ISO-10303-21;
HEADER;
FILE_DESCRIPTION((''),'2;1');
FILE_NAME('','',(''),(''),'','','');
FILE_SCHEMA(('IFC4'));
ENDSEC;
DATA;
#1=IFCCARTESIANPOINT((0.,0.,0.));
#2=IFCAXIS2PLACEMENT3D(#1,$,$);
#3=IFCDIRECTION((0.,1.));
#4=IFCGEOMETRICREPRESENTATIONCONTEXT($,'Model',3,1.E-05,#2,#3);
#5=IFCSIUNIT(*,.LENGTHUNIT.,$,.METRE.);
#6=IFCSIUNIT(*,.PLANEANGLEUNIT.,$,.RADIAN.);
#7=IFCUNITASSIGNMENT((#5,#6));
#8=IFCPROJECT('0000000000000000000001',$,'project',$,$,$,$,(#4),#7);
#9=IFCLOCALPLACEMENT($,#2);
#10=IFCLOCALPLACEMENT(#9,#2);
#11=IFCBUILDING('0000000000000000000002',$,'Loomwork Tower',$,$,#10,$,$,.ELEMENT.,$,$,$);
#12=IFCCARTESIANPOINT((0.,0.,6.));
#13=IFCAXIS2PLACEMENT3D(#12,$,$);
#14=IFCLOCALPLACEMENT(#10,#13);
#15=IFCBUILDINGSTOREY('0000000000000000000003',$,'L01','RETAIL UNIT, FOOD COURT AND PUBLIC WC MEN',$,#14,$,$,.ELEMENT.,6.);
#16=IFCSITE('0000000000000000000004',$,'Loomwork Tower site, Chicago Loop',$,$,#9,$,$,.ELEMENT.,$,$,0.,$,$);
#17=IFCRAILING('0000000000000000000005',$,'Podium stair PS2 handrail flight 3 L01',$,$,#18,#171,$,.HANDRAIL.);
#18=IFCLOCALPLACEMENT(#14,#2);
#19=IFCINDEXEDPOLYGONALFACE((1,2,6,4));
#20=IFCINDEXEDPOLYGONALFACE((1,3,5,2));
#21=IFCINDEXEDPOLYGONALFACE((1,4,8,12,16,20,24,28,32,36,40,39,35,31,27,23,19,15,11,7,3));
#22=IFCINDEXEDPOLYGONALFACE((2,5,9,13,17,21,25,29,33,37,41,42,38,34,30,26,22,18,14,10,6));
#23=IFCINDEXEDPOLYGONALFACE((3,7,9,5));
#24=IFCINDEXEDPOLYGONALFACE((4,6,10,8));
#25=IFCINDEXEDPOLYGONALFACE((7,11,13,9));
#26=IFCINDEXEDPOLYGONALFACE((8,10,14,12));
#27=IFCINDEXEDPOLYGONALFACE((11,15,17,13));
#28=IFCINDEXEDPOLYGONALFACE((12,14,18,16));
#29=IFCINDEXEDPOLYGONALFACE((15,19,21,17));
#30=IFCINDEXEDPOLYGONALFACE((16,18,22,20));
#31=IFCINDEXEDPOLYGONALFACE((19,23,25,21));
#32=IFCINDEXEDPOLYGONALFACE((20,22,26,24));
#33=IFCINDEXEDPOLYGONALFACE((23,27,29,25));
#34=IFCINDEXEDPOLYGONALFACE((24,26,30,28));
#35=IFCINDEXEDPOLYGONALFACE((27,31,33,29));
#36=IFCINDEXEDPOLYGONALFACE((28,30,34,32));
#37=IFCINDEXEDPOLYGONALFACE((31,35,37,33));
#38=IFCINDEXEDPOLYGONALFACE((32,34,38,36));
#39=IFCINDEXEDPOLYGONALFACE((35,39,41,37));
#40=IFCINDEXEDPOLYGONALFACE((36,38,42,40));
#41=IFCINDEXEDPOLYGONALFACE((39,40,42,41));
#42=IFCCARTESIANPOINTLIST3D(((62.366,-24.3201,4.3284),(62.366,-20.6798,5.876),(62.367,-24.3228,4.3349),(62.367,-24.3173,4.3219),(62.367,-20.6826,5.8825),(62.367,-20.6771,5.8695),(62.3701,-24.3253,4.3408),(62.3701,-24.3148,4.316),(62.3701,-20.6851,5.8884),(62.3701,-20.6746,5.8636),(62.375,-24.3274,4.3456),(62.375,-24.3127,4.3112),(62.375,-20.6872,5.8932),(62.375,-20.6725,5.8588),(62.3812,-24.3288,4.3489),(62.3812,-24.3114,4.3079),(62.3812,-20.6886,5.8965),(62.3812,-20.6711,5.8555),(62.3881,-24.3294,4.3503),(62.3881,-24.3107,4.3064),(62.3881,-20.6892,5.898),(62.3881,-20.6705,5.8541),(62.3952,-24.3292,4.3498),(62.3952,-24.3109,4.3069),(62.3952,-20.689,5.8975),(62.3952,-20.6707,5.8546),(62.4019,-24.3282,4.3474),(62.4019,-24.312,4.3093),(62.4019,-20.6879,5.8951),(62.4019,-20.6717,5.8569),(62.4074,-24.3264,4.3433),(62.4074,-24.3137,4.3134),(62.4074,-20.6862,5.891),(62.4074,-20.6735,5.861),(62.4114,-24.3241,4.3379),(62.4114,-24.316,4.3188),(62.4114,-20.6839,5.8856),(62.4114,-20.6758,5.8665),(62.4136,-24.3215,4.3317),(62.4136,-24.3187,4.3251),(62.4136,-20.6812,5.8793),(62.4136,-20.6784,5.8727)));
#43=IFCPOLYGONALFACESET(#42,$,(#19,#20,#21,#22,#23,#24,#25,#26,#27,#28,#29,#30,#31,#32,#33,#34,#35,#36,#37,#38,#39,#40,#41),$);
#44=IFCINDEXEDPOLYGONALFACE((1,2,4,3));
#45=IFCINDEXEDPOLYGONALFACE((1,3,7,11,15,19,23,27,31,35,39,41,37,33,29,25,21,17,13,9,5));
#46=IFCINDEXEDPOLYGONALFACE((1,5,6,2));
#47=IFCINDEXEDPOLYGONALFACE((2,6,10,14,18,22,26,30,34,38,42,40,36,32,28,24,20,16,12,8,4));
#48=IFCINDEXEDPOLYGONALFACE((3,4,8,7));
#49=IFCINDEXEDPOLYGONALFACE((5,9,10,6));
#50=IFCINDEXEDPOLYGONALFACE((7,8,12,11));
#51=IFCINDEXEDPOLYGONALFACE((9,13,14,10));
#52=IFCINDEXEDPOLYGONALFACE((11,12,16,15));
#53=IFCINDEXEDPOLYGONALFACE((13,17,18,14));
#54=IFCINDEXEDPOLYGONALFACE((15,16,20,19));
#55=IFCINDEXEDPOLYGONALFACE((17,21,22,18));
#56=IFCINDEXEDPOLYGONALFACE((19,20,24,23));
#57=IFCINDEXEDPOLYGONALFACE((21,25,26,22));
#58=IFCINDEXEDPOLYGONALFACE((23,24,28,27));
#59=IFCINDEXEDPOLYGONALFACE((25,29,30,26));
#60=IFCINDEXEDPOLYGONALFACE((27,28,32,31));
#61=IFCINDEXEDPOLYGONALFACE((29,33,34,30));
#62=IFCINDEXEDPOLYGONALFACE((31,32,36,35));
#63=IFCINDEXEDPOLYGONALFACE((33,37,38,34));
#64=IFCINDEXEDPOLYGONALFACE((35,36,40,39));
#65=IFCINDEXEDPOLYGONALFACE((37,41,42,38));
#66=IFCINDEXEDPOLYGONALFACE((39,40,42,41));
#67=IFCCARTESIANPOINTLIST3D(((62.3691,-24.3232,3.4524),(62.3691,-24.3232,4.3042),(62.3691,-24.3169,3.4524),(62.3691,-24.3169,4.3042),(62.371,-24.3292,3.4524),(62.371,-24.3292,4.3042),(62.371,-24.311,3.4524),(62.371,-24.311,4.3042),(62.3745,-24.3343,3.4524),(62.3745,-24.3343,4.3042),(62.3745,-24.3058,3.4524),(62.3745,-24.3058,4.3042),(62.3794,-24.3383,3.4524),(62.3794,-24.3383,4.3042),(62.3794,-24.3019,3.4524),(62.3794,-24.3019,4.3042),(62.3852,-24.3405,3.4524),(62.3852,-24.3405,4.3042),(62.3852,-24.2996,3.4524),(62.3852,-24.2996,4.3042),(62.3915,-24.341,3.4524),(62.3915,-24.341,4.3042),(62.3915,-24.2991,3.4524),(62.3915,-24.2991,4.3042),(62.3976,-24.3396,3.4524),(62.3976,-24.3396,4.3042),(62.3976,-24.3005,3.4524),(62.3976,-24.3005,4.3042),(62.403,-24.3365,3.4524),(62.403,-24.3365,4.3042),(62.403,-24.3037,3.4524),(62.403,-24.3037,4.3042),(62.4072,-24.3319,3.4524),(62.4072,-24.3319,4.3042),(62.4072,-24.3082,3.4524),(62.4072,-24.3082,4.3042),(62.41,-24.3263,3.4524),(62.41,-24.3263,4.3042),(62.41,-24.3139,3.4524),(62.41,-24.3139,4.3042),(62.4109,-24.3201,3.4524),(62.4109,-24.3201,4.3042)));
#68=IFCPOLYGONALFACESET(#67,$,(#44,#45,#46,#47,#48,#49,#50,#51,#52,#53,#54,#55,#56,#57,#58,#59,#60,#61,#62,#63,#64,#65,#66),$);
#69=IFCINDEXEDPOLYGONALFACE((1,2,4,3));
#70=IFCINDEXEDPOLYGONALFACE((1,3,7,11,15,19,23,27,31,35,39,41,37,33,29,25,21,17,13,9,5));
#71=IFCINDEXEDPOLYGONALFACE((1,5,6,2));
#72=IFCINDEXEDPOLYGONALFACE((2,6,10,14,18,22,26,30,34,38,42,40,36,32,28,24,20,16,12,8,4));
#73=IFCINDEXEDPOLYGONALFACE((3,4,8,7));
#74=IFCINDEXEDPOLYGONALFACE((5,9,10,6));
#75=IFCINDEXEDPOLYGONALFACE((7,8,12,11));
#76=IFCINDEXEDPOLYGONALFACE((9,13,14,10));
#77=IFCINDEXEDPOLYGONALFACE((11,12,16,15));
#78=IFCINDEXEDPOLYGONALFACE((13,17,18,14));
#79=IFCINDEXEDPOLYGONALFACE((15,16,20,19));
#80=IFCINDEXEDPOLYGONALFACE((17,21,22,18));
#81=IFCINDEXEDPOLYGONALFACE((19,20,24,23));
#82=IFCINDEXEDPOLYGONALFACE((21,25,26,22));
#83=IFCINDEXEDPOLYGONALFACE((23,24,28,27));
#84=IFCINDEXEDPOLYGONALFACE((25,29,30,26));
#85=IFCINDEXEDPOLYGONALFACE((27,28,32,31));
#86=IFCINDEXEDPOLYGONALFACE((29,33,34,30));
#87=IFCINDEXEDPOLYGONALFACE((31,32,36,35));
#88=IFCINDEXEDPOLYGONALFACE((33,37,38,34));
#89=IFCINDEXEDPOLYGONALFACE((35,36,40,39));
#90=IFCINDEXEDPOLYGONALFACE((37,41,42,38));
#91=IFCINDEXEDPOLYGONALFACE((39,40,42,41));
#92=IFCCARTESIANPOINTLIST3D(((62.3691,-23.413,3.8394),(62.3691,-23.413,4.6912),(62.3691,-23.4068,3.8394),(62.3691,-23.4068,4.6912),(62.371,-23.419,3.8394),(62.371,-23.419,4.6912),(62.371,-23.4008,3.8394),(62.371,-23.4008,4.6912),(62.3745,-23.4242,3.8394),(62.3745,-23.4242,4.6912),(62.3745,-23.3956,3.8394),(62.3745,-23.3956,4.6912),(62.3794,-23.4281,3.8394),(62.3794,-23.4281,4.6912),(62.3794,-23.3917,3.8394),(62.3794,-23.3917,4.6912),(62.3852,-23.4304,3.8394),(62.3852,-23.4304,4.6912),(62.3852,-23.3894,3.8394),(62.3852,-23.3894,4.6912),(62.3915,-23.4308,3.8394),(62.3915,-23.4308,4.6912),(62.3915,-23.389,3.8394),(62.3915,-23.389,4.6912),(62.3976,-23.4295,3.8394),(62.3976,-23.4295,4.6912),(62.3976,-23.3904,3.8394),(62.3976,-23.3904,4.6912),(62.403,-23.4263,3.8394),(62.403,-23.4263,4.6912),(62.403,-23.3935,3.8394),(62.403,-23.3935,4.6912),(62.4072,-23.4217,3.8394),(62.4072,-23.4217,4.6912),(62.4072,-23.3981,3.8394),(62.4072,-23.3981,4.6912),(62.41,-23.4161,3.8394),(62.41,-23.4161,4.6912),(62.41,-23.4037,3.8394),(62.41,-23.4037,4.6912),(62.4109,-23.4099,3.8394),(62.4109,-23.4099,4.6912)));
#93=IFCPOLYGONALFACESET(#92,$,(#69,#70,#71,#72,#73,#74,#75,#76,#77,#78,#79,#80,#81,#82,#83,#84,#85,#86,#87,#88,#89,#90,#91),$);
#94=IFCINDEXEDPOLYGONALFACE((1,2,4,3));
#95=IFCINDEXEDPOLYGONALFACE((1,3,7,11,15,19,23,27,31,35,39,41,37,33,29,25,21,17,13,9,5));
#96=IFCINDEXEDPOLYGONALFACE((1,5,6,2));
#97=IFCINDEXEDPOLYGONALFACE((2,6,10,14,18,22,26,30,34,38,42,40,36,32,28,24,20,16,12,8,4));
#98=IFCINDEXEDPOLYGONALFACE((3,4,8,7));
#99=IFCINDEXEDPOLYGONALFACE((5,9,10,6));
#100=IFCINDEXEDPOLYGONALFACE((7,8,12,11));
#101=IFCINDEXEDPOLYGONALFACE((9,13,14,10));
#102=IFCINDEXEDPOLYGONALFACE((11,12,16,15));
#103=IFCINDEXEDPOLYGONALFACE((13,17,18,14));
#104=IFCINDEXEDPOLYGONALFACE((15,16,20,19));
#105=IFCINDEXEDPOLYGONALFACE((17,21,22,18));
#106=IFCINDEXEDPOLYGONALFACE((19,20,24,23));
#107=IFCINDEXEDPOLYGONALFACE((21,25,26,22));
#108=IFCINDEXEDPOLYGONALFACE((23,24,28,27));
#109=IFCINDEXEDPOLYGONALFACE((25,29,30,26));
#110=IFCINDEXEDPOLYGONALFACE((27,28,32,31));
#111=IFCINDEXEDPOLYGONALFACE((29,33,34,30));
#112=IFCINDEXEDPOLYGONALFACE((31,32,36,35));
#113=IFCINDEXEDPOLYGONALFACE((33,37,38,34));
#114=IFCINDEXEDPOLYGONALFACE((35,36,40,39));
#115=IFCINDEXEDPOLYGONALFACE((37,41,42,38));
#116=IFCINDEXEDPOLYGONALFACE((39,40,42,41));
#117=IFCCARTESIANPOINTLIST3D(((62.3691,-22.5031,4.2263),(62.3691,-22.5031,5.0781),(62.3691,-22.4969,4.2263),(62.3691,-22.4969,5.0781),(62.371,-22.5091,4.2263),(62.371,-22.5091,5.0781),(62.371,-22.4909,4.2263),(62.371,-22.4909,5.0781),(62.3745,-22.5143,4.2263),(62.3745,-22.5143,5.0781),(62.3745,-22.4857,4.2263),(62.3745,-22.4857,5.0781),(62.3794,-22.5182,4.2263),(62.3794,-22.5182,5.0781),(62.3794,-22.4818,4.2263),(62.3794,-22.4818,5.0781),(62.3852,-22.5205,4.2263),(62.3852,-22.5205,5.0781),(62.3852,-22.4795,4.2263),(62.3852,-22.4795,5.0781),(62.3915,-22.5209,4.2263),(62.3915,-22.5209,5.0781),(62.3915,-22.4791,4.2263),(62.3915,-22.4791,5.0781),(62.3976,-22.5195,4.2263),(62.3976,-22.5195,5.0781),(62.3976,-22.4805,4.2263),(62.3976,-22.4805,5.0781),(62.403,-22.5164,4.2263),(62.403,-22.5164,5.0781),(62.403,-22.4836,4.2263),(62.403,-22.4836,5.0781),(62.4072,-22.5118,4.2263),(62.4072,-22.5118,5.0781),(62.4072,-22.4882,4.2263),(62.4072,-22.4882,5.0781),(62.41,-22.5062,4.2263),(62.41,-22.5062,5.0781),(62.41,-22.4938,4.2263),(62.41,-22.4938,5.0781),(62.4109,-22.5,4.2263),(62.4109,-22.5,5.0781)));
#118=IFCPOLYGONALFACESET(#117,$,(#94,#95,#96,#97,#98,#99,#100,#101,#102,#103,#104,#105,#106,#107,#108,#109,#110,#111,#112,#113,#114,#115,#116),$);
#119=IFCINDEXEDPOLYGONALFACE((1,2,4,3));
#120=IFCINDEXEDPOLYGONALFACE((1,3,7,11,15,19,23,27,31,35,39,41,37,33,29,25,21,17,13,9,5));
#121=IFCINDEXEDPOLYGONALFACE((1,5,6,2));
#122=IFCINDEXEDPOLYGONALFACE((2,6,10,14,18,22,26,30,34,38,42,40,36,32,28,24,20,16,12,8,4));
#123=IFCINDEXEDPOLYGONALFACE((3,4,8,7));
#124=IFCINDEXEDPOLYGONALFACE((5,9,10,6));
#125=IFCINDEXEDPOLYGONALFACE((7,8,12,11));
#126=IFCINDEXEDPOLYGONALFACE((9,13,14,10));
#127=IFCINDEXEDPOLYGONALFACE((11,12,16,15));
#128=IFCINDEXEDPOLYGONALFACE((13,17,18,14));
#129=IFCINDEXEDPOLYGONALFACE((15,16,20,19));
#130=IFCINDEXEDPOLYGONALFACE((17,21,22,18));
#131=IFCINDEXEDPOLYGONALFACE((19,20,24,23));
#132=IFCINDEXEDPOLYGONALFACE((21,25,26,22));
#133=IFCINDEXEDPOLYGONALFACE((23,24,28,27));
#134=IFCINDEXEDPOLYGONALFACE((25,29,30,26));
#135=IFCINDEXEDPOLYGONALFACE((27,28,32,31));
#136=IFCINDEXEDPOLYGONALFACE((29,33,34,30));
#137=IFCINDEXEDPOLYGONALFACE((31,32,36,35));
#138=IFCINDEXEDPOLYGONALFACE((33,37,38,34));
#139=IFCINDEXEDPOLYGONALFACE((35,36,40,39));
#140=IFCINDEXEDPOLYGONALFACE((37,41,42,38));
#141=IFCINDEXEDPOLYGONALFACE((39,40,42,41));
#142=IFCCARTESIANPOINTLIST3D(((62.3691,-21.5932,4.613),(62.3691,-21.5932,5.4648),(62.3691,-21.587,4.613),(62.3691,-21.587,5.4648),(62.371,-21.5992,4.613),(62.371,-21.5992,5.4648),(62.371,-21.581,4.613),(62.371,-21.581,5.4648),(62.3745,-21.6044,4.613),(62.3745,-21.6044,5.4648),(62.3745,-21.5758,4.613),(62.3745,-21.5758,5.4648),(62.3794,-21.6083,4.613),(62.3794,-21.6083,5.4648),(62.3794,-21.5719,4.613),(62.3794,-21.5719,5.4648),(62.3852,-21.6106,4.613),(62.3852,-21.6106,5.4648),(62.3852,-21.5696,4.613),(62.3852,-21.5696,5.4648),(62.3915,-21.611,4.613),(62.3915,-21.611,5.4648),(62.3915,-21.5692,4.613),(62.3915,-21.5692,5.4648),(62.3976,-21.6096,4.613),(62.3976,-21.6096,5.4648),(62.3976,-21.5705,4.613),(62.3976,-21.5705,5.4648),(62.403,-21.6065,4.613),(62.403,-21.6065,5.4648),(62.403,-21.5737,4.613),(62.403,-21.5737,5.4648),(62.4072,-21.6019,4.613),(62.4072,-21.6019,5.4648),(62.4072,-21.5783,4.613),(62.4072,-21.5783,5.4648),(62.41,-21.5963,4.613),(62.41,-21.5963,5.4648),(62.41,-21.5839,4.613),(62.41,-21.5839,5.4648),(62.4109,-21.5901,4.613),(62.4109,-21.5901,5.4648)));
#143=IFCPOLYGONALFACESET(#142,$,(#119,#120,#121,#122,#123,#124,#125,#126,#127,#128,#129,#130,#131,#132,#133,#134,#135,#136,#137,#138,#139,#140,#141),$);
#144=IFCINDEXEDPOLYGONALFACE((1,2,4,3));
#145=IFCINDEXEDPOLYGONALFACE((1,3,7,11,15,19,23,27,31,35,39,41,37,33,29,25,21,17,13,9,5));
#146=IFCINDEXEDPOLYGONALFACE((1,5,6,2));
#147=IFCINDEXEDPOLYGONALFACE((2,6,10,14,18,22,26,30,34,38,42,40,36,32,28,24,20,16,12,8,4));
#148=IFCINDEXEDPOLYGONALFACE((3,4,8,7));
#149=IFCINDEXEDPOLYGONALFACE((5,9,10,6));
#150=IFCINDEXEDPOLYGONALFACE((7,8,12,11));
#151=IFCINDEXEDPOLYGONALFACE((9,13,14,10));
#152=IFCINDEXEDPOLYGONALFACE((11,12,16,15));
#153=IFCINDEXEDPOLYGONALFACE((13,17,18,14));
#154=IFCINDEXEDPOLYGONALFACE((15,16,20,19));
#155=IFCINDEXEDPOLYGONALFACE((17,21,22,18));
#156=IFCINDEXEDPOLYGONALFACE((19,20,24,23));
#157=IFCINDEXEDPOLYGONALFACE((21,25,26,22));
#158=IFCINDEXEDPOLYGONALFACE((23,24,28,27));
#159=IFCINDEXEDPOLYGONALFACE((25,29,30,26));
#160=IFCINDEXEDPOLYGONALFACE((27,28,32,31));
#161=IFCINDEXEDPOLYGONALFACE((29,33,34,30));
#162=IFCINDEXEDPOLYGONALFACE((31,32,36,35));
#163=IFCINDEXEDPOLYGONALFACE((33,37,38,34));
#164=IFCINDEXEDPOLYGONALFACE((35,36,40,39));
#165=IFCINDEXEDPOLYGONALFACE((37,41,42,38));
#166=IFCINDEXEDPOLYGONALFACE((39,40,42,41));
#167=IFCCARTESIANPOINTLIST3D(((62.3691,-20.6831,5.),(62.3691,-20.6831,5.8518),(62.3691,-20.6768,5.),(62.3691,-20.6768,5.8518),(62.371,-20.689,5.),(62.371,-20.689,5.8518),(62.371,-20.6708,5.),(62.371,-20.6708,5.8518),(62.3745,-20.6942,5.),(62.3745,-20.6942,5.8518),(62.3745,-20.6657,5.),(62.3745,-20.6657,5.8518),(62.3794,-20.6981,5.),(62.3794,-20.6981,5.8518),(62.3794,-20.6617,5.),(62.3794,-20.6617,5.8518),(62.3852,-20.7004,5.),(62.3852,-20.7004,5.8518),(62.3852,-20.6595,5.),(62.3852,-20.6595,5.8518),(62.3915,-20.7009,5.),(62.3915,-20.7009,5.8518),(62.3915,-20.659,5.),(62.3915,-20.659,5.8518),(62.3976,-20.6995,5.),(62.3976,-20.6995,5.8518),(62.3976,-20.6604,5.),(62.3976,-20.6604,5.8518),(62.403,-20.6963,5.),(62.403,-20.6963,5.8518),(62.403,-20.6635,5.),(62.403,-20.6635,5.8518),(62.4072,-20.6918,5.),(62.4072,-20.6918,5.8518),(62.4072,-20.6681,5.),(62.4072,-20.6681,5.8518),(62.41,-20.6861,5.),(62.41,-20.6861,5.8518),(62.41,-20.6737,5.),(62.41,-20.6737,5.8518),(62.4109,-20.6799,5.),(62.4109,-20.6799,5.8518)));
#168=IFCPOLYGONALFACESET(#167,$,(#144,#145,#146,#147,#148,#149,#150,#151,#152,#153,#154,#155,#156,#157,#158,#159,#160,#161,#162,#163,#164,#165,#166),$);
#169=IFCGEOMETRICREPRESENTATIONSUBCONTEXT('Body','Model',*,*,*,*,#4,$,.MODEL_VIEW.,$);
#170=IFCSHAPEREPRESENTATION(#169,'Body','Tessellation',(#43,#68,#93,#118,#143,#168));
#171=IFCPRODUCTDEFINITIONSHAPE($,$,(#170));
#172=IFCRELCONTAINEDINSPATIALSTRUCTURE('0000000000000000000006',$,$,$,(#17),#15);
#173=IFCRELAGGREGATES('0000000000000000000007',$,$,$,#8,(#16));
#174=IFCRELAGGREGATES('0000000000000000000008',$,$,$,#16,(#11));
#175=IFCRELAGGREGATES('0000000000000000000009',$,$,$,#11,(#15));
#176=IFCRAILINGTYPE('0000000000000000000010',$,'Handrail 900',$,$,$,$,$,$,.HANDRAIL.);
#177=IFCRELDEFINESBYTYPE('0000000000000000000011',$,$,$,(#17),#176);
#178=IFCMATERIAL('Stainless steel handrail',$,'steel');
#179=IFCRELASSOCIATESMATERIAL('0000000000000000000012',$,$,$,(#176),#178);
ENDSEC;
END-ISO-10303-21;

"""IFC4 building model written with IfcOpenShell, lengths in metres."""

from ifc_helpers import new_model, si_unit, direction, frame, origin, origin_2d, place, context, subcontext, project, spatial, circle, extrude, material, type_object, element, save


model = new_model("IFC4")

# Units and contexts
model_context = context("Model", 3, precision=1e-05, world=origin(), true_north=direction((0.0, 1.0)))
body_context = subcontext(model_context, "Body", "Model", "MODEL_VIEW")
ifc_project = project(units=[si_unit("LENGTHUNIT", "METRE"), si_unit("PLANEANGLEUNIT", "RADIAN")], contexts=[model_context])

# Site, building, storey
site_placement = place(None, origin())
site = spatial("IfcSite", under=ifc_project, at=site_placement, Name="Loomwork Tower site, Chicago Loop", CompositionType="ELEMENT", RefElevation=0.0)
building_placement = place(site_placement, origin())
building = spatial("IfcBuilding", under=site, at=building_placement, Name="Loomwork Tower", CompositionType="ELEMENT")
storey_placement = place(building_placement, frame((0.0, 0.0, 6.0)))
storey = spatial("IfcBuildingStorey", under=building, at=storey_placement, Name="L01", Description="RETAIL UNIT, FOOD COURT AND PUBLIC WC MEN", CompositionType="ELEMENT", Elevation=6.0)

# Railing
ifc_material_1 = material(Name="Stainless steel handrail", Category="steel")
railing_type = type_object("IfcRailingType", Name="Handrail 900", PredefinedType="HANDRAIL", material=ifc_material_1)
railing_1_placement = place(storey_placement, frame((62.3899, -24.3201, 3.4524)))
element("IfcRailing", 1, at=railing_1_placement, inside=storey, type_object=railing_type, Name="Podium stair PS2 handrail flight 3 L01", PredefinedType="HANDRAIL", context=body_context, shape_type="SweptSolid", body=[
    extrude(circle(Radius=0.0239, at=origin_2d()), frame((0.0, 0.0, 0.876), z_axis=(0.0, 0.920281, 0.391258), x_axis=(-1.0, 0.0, 0.0)), (0.0, 0.0, 1.0), 3.9556),
    extrude(circle(Radius=0.021, at=origin_2d()), origin(), (0.0, 0.0, 1.0), 0.8518),
    extrude(circle(Radius=0.021, at=origin_2d()), frame((0.0, 0.9102, 0.387)), (0.0, 0.0, 1.0), 0.8518),
    extrude(circle(Radius=0.021, at=origin_2d()), frame((0.0, 1.8201, 0.7739)), (0.0, 0.0, 1.0), 0.8518),
    extrude(circle(Radius=0.021, at=origin_2d()), frame((0.0, 2.73, 1.1606)), (0.0, 0.0, 1.0), 0.8518),
    extrude(circle(Radius=0.021, at=origin_2d()), frame((0.0, 3.6401, 1.5476)), (0.0, 0.0, 1.0), 0.8518),
])

save(model, "model.ifc")
